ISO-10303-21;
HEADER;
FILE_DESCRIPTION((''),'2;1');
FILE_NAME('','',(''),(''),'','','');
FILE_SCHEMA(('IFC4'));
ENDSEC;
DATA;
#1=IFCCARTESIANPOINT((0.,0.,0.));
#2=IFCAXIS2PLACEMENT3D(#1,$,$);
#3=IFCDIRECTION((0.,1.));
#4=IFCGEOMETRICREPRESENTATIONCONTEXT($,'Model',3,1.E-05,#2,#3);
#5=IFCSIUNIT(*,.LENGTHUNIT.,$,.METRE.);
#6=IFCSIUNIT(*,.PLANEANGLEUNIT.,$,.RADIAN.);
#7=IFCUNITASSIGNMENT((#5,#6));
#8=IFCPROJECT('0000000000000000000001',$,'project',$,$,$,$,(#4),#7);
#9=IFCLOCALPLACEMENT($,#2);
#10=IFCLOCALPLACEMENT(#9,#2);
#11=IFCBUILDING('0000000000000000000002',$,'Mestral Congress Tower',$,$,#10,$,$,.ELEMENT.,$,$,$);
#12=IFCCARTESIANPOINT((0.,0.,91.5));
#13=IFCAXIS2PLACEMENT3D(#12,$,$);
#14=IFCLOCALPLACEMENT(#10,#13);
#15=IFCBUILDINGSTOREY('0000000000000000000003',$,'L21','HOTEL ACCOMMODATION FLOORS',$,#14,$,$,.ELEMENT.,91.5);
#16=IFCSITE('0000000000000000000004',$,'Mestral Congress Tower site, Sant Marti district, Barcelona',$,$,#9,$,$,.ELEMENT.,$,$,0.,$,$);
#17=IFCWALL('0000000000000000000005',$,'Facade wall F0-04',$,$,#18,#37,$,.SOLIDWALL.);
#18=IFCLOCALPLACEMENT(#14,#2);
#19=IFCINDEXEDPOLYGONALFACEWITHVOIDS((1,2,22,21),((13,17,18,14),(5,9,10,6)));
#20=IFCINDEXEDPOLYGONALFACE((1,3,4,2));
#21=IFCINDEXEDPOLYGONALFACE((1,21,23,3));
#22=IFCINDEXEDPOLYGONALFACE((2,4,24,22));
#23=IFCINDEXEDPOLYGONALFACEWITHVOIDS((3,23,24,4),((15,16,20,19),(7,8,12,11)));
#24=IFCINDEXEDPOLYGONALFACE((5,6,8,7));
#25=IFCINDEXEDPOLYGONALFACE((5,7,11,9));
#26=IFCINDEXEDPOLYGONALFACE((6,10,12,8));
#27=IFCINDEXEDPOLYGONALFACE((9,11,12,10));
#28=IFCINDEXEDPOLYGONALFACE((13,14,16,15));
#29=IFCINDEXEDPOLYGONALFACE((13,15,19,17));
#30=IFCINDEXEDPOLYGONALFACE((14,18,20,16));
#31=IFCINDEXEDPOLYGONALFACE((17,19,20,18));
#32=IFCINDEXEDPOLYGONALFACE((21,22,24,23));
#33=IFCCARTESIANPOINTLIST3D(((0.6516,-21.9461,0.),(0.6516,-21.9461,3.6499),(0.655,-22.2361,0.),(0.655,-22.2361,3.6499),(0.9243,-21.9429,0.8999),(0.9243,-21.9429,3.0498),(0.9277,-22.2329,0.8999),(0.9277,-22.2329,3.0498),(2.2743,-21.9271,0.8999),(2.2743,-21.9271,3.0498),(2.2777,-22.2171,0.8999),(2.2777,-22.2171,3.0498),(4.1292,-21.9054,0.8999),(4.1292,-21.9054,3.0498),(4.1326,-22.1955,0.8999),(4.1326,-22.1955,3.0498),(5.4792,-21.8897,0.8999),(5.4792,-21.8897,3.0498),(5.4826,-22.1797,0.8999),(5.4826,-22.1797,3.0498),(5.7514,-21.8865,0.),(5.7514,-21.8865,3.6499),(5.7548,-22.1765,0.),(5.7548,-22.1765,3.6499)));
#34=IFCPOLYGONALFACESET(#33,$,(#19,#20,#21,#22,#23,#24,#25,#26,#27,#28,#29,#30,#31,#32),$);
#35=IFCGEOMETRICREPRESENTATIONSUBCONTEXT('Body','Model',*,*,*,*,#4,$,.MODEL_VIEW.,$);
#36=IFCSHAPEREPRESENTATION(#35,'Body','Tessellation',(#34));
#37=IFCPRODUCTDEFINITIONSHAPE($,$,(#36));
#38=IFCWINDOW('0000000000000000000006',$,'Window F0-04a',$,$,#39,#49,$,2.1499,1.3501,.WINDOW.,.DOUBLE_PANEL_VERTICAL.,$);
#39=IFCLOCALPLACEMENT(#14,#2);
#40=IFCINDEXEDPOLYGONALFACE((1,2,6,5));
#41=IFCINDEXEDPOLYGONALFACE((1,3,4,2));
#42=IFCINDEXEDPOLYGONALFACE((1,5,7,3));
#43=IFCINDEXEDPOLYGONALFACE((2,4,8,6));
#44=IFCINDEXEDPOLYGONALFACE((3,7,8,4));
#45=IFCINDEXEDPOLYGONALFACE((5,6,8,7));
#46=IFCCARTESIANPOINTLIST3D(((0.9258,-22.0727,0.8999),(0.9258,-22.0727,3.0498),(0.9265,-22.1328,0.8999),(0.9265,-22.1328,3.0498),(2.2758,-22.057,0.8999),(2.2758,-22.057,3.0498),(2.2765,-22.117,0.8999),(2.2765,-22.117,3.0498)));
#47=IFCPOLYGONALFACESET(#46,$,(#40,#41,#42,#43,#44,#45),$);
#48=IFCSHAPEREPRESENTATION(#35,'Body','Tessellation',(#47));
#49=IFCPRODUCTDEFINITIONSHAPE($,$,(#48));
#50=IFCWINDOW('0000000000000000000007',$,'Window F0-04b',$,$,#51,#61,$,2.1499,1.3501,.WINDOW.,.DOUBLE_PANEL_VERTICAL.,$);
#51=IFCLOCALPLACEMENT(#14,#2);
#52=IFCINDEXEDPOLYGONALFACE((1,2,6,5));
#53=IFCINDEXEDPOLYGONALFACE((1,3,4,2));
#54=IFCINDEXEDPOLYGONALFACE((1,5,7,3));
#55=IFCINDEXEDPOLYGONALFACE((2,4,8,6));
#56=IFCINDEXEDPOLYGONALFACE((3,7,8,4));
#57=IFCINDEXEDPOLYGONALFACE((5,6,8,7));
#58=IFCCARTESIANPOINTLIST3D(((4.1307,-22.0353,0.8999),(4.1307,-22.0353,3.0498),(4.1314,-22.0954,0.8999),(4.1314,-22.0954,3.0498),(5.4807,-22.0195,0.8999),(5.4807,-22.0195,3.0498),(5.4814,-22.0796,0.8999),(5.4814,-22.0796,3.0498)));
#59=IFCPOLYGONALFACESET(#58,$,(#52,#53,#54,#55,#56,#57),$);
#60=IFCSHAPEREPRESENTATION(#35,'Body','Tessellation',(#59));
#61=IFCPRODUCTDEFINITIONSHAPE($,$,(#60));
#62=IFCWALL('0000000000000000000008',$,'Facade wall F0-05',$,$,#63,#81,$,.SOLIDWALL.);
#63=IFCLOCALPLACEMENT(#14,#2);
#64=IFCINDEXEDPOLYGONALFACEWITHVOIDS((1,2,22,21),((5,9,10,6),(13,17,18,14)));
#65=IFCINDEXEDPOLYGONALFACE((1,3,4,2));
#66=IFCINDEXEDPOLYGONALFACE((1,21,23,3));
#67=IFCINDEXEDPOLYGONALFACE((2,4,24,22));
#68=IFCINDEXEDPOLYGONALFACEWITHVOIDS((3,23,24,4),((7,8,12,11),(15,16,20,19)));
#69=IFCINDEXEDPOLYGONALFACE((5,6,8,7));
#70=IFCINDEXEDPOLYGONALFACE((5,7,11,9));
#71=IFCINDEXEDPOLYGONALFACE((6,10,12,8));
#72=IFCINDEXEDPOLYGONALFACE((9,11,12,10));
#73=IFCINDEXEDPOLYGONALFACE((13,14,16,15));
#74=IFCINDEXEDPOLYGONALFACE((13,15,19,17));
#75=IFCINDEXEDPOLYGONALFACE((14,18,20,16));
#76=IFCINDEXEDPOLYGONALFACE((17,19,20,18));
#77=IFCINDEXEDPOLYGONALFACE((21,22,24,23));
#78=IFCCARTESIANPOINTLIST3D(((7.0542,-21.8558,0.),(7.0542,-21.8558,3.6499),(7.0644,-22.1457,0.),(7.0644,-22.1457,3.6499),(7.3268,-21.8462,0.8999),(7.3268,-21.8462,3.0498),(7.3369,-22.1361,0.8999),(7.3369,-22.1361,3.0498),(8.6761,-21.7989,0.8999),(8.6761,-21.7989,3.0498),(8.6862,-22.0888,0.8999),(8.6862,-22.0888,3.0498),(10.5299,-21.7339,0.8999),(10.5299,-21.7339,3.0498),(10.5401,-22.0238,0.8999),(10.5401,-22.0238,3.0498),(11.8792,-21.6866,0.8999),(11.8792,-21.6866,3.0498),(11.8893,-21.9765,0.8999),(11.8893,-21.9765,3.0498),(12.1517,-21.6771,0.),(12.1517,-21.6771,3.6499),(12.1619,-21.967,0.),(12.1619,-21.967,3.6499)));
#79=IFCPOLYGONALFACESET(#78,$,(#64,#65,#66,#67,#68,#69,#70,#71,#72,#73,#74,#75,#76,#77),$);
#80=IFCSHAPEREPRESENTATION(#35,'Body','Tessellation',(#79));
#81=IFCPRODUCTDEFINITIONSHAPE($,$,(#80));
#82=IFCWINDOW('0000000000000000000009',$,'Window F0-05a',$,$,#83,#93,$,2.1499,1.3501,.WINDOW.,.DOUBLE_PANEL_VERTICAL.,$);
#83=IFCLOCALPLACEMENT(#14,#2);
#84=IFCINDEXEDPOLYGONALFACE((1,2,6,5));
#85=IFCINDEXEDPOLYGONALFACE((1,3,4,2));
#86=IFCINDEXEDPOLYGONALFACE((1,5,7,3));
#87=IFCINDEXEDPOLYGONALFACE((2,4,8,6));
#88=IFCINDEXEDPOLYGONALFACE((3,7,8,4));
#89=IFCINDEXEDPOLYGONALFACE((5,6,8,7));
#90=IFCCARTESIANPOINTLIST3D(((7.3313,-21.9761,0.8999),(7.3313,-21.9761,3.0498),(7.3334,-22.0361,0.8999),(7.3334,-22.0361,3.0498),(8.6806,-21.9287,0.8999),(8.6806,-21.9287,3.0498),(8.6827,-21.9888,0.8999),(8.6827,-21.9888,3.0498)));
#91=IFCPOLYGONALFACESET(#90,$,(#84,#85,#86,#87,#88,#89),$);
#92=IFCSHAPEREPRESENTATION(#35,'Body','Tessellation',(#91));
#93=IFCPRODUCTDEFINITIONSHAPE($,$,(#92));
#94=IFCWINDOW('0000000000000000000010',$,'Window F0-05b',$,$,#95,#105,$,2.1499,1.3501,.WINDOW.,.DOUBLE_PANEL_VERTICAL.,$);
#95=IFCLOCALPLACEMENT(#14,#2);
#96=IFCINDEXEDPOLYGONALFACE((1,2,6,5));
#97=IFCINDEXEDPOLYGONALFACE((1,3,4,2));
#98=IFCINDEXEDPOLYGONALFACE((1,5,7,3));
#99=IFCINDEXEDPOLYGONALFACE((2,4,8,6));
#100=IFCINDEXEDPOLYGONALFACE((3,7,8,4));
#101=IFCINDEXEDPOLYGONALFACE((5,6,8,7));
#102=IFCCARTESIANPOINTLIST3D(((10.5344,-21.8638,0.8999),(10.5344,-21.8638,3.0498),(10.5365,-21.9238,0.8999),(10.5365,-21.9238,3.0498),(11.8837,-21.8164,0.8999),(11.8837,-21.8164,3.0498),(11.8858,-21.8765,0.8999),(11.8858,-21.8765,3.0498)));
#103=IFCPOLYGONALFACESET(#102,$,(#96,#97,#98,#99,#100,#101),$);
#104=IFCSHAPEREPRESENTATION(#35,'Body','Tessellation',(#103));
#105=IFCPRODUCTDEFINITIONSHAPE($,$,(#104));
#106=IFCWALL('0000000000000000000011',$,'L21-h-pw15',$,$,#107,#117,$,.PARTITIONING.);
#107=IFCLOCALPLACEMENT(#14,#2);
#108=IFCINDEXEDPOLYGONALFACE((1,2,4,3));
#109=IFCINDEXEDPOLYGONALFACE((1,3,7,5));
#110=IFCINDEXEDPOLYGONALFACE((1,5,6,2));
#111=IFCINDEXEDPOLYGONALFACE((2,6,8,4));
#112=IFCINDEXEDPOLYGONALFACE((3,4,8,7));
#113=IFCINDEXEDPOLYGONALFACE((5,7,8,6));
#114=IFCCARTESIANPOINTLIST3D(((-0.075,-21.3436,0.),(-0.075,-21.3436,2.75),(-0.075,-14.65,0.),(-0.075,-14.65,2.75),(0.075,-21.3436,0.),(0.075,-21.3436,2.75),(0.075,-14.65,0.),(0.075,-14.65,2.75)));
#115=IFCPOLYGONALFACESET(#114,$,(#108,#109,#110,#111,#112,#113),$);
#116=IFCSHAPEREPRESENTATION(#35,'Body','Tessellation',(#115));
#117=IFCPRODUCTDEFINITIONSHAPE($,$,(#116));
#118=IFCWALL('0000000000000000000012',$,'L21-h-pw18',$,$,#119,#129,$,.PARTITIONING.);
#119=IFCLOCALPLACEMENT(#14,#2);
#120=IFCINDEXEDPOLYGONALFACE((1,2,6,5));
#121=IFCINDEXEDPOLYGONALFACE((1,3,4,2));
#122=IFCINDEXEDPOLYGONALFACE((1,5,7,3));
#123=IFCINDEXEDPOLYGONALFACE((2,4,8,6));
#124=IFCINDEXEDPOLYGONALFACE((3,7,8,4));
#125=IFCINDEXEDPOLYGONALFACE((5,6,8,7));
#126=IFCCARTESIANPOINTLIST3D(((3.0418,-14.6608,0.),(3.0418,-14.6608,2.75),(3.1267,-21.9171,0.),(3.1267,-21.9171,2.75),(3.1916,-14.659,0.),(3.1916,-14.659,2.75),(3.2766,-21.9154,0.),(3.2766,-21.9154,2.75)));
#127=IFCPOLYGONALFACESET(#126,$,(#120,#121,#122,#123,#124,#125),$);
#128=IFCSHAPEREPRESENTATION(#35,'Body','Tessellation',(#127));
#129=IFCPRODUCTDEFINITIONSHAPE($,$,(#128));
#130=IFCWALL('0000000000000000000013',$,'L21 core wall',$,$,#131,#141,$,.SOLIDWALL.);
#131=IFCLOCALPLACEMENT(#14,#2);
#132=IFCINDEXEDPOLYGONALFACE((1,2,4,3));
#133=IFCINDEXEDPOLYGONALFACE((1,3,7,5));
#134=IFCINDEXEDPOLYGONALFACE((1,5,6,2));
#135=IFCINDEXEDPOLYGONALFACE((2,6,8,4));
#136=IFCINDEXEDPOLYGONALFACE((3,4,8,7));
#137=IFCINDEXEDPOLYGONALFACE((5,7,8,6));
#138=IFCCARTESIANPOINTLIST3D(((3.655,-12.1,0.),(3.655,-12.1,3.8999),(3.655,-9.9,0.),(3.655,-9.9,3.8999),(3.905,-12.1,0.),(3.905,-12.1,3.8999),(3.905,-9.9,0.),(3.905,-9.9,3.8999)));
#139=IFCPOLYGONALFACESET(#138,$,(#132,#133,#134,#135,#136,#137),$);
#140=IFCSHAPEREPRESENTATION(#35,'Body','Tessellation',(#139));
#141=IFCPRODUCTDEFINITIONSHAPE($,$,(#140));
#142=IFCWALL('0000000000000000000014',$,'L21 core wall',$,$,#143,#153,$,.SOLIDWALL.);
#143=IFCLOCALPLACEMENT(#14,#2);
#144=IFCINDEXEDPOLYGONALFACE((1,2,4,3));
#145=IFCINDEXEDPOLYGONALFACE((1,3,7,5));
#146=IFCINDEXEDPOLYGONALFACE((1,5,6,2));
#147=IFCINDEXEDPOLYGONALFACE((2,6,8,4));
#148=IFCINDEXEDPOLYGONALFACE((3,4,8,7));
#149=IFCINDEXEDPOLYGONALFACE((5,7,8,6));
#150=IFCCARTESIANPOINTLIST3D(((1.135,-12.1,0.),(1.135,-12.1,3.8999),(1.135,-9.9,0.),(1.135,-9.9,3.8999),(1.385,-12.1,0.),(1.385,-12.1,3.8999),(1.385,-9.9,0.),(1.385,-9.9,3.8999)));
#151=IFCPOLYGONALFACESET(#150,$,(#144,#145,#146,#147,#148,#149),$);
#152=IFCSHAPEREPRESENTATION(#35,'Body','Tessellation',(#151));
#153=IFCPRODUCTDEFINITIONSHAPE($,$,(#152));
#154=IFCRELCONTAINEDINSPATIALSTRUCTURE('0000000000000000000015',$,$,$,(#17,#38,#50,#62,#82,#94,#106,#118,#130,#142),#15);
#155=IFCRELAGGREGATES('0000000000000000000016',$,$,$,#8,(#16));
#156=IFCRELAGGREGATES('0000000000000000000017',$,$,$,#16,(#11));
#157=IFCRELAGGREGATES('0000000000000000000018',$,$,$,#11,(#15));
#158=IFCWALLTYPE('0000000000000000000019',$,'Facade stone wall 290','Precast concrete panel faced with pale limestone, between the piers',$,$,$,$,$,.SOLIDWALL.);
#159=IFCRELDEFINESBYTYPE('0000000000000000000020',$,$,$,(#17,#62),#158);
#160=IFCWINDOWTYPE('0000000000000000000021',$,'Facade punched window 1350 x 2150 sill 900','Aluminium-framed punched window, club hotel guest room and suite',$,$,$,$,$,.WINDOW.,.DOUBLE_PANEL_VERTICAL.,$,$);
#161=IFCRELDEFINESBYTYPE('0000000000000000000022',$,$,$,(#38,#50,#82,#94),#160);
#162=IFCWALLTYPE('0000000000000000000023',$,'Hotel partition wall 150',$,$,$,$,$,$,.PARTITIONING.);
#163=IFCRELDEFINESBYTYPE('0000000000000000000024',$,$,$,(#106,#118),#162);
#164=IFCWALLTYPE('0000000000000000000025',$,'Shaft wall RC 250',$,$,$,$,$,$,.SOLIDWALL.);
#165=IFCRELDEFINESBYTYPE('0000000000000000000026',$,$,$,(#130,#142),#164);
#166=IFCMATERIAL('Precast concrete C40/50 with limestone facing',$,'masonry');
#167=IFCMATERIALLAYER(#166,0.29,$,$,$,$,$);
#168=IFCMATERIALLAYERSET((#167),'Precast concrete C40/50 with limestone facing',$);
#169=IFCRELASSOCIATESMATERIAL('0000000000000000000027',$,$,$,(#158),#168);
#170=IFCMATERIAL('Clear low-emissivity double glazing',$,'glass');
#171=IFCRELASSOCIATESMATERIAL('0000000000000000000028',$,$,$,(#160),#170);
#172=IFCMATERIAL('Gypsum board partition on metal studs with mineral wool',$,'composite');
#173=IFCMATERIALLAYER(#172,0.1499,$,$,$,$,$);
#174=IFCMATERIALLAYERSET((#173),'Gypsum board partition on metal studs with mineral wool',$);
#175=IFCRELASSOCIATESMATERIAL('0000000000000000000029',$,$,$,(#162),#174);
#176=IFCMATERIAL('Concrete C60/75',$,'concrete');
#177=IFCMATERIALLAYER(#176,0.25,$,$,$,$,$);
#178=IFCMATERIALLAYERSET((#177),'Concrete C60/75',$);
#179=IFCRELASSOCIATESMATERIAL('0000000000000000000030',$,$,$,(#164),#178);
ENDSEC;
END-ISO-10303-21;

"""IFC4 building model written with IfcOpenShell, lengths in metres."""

from ifc_helpers import new_model, si_unit, direction, frame, frame_2d, origin, place, context, subcontext, project, spatial, rectangle, extrude, material, layer, layer_set, type_object, element, fill, save


model = new_model("IFC4")

# Units and contexts
model_context = context("Model", 3, precision=1e-05, world=origin(), true_north=direction((0.0, 1.0)))
body_context = subcontext(model_context, "Body", "Model", "MODEL_VIEW")
ifc_project = project(units=[si_unit("LENGTHUNIT", "METRE"), si_unit("PLANEANGLEUNIT", "RADIAN")], contexts=[model_context])

# Site, building, storey
site_placement = place(None, origin())
site = spatial("IfcSite", under=ifc_project, at=site_placement, Name="Mestral Congress Tower site, Sant Marti district, Barcelona", CompositionType="ELEMENT", RefElevation=0.0)
building_placement = place(site_placement, origin())
building = spatial("IfcBuilding", under=site, at=building_placement, Name="Mestral Congress Tower", CompositionType="ELEMENT")
storey_placement = place(building_placement, frame((0.0, 0.0, 91.5)))
storey = spatial("IfcBuildingStorey", under=building, at=storey_placement, Name="L21", Description="HOTEL ACCOMMODATION FLOORS", CompositionType="ELEMENT", Elevation=91.5)

# Walls, openings, windows
ifc_material_1 = material(Name="Precast concrete C40/50 with limestone facing", Category="masonry")
ifc_layer_1 = layer(ifc_material_1, 0.29)
ifc_layer_set_1 = layer_set([ifc_layer_1], Name="Precast concrete C40/50 with limestone facing")
wall_type_1 = type_object("IfcWallType", Name="Facade stone wall 290", Description="Precast concrete panel faced with pale limestone, between the piers", PredefinedType="SOLIDWALL", material=ifc_layer_set_1)
wall_1_placement = place(storey_placement, frame((0.6533, -22.0911, 0.0), z_axis=(0.0, 0.0, 1.0), x_axis=(0.999932, 0.01168, 0.0)))
wall_1 = element("IfcWall", 1, at=wall_1_placement, inside=storey, type_object=wall_type_1, Name="Facade wall F0-04", PredefinedType="SOLIDWALL", context=body_context, shape_type="SweptSolid", body=[
    extrude(rectangle(XDim=5.1001, YDim=0.29, at=frame_2d((2.55, 0.0))), origin(), (0.0, 0.0, 1.0), 3.6499),
])
opening_1_placement = place(wall_1_placement, frame((0.2727, 0.0, 0.8999)))
opening_1 = element("IfcOpeningElement", 2, at=opening_1_placement, cuts=wall_1, PredefinedType="OPENING", context=body_context, shape_type="SweptSolid", body=[
    extrude(rectangle(XDim=1.3501, YDim=2.1499, at=frame_2d((0.675, 1.075))), frame((0.0, 0.155, 0.0), z_axis=(0.0, -1.0, 0.0), x_axis=(1.0, 0.0, 0.0)), (0.0, 0.0, 1.0), 0.3101),
])
opening_2_placement = place(wall_1_placement, frame((3.4778, 0.0, 0.8999)))
opening_2 = element("IfcOpeningElement", 3, at=opening_2_placement, cuts=wall_1, PredefinedType="OPENING", context=body_context, shape_type="SweptSolid", body=[
    extrude(rectangle(XDim=1.3501, YDim=2.1499, at=frame_2d((0.675, 1.075))), frame((0.0, 0.155, 0.0), z_axis=(0.0, -1.0, 0.0), x_axis=(1.0, 0.0, 0.0)), (0.0, 0.0, 1.0), 0.3101),
])
ifc_material_2 = material(Name="Clear low-emissivity double glazing", Category="glass")
window_type = type_object("IfcWindowType", Name="Facade punched window 1350 x 2150 sill 900", Description="Aluminium-framed punched window, club hotel guest room and suite", PartitioningType="DOUBLE_PANEL_VERTICAL", PredefinedType="WINDOW", material=ifc_material_2)
window_1_placement = place(opening_1_placement, origin())
window_1 = element("IfcWindow", 4, at=window_1_placement, inside=storey, type_object=window_type, Name="Window F0-04a", OverallHeight=2.1499, OverallWidth=1.3501, PartitioningType="DOUBLE_PANEL_VERTICAL", PredefinedType="WINDOW", context=body_context, shape_type="SweptSolid", body=[
    extrude(rectangle(XDim=1.3501, YDim=2.1499, at=frame_2d((0.675, 1.075))), frame((0.0, 0.0151, 0.0), z_axis=(0.0, -1.0, 0.0), x_axis=(1.0, 0.0, 0.0)), (0.0, 0.0, 1.0), 0.0601),
])
fill(opening_1, window_1)
window_2_placement = place(opening_2_placement, origin())
window_2 = element("IfcWindow", 5, at=window_2_placement, inside=storey, type_object=window_type, Name="Window F0-04b", OverallHeight=2.1499, OverallWidth=1.3501, PartitioningType="DOUBLE_PANEL_VERTICAL", PredefinedType="WINDOW", context=body_context, shape_type="SweptSolid", body=[
    extrude(rectangle(XDim=1.3501, YDim=2.1499, at=frame_2d((0.675, 1.075))), frame((0.0, 0.0151, 0.0), z_axis=(0.0, -1.0, 0.0), x_axis=(1.0, 0.0, 0.0)), (0.0, 0.0, 1.0), 0.0601),
])
fill(opening_2, window_2)
wall_2_placement = place(storey_placement, frame((7.0593, -22.0007, 0.0), z_axis=(0.0, 0.0, 1.0), x_axis=(0.999386, 0.035038, 0.0)))
wall_2 = element("IfcWall", 6, at=wall_2_placement, inside=storey, type_object=wall_type_1, Name="Facade wall F0-05", PredefinedType="SOLIDWALL", context=body_context, shape_type="SweptSolid", body=[
    extrude(rectangle(XDim=5.1006, YDim=0.29, at=frame_2d((2.5503, 0.0))), origin(), (0.0, 0.0, 1.0), 3.6499),
])
opening_3_placement = place(wall_2_placement, frame((0.2727, 0.0, 0.8999)))
opening_3 = element("IfcOpeningElement", 7, at=opening_3_placement, cuts=wall_2, PredefinedType="OPENING", context=body_context, shape_type="SweptSolid", body=[
    extrude(rectangle(XDim=1.3501, YDim=2.1499, at=frame_2d((0.675, 1.075))), frame((0.0, 0.155, 0.0), z_axis=(0.0, -1.0, 0.0), x_axis=(1.0, 0.0, 0.0)), (0.0, 0.0, 1.0), 0.3101),
])
opening_4_placement = place(wall_2_placement, frame((3.4778, 0.0, 0.8999)))
opening_4 = element("IfcOpeningElement", 8, at=opening_4_placement, cuts=wall_2, PredefinedType="OPENING", context=body_context, shape_type="SweptSolid", body=[
    extrude(rectangle(XDim=1.3501, YDim=2.1499, at=frame_2d((0.675, 1.075))), frame((0.0, 0.155, 0.0), z_axis=(0.0, -1.0, 0.0), x_axis=(1.0, 0.0, 0.0)), (0.0, 0.0, 1.0), 0.3101),
])
window_3_placement = place(opening_3_placement, origin())
window_3 = element("IfcWindow", 9, at=window_3_placement, inside=storey, type_object=window_type, Name="Window F0-05a", OverallHeight=2.1499, OverallWidth=1.3501, PartitioningType="DOUBLE_PANEL_VERTICAL", PredefinedType="WINDOW", context=body_context, shape_type="SweptSolid", body=[
    extrude(rectangle(XDim=1.3501, YDim=2.1499, at=frame_2d((0.675, 1.075))), frame((0.0, 0.0151, 0.0), z_axis=(0.0, -1.0, 0.0), x_axis=(1.0, 0.0, 0.0)), (0.0, 0.0, 1.0), 0.0601),
])
fill(opening_3, window_3)
window_4_placement = place(opening_4_placement, origin())
window_4 = element("IfcWindow", 10, at=window_4_placement, inside=storey, type_object=window_type, Name="Window F0-05b", OverallHeight=2.1499, OverallWidth=1.3501, PartitioningType="DOUBLE_PANEL_VERTICAL", PredefinedType="WINDOW", context=body_context, shape_type="SweptSolid", body=[
    extrude(rectangle(XDim=1.3501, YDim=2.1499, at=frame_2d((0.675, 1.075))), frame((0.0, 0.0151, 0.0), z_axis=(0.0, -1.0, 0.0), x_axis=(1.0, 0.0, 0.0)), (0.0, 0.0, 1.0), 0.0601),
])
fill(opening_4, window_4)

# Walls
ifc_material_3 = material(Name="Gypsum board partition on metal studs with mineral wool", Category="composite")
ifc_layer_2 = layer(ifc_material_3, 0.1499)
ifc_layer_set_2 = layer_set([ifc_layer_2], Name="Gypsum board partition on metal studs with mineral wool")
wall_type_2 = type_object("IfcWallType", Name="Hotel partition wall 150", PredefinedType="PARTITIONING", material=ifc_layer_set_2)
wall_3_placement = place(storey_placement, frame((0.0, -21.3435, 0.0), z_axis=(0.0, 0.0, 1.0), x_axis=(0.0, 1.0, 0.0)))
element("IfcWall", 11, at=wall_3_placement, inside=storey, type_object=wall_type_2, Name="L21-h-pw15", PredefinedType="PARTITIONING", context=body_context, shape_type="SweptSolid", body=[
    extrude(rectangle(XDim=6.6936, YDim=0.1499, at=frame_2d((3.3467, 0.0))), origin(), (0.0, 0.0, 1.0), 2.75),
])
wall_4_placement = place(storey_placement, frame((3.2017, -21.9163, 0.0), z_axis=(0.0, 0.0, 1.0), x_axis=(-0.011708, 0.999931, 0.0)))
element("IfcWall", 12, at=wall_4_placement, inside=storey, type_object=wall_type_2, Name="L21-h-pw18", PredefinedType="PARTITIONING", context=body_context, shape_type="SweptSolid", body=[
    extrude(rectangle(XDim=7.2568, YDim=0.1499, at=frame_2d((3.6284, 0.0))), origin(), (0.0, 0.0, 1.0), 2.75),
])
ifc_material_4 = material(Name="Concrete C60/75", Category="concrete")
ifc_layer_3 = layer(ifc_material_4, 0.25)
ifc_layer_set_3 = layer_set([ifc_layer_3], Name="Concrete C60/75")
wall_type_3 = type_object("IfcWallType", Name="Shaft wall RC 250", PredefinedType="SOLIDWALL", material=ifc_layer_set_3)
for number, where, z_axis, x_axis, name in (
    (13, (3.78, -12.1001, 0.0), (0.0, 0.0, 1.0), (0.0, 1.0, 0.0), "L21 core wall"),
    (14, (1.26, -12.1001, 0.0), (0.0, 0.0, 1.0), (0.0, 1.0, 0.0), "L21 core wall"),
):
    element("IfcWall", number, at=place(storey_placement, frame(where, z_axis=z_axis, x_axis=x_axis)), inside=storey, type_object=wall_type_3, Name=name, PredefinedType="SOLIDWALL", context=body_context, shape_type="SweptSolid", body=[
        extrude(rectangle(XDim=2.2, YDim=0.25, at=frame_2d((1.1001, 0.0))), origin(), (0.0, 0.0, 1.0), 3.8999),
    ])

save(model, "model.ifc")
